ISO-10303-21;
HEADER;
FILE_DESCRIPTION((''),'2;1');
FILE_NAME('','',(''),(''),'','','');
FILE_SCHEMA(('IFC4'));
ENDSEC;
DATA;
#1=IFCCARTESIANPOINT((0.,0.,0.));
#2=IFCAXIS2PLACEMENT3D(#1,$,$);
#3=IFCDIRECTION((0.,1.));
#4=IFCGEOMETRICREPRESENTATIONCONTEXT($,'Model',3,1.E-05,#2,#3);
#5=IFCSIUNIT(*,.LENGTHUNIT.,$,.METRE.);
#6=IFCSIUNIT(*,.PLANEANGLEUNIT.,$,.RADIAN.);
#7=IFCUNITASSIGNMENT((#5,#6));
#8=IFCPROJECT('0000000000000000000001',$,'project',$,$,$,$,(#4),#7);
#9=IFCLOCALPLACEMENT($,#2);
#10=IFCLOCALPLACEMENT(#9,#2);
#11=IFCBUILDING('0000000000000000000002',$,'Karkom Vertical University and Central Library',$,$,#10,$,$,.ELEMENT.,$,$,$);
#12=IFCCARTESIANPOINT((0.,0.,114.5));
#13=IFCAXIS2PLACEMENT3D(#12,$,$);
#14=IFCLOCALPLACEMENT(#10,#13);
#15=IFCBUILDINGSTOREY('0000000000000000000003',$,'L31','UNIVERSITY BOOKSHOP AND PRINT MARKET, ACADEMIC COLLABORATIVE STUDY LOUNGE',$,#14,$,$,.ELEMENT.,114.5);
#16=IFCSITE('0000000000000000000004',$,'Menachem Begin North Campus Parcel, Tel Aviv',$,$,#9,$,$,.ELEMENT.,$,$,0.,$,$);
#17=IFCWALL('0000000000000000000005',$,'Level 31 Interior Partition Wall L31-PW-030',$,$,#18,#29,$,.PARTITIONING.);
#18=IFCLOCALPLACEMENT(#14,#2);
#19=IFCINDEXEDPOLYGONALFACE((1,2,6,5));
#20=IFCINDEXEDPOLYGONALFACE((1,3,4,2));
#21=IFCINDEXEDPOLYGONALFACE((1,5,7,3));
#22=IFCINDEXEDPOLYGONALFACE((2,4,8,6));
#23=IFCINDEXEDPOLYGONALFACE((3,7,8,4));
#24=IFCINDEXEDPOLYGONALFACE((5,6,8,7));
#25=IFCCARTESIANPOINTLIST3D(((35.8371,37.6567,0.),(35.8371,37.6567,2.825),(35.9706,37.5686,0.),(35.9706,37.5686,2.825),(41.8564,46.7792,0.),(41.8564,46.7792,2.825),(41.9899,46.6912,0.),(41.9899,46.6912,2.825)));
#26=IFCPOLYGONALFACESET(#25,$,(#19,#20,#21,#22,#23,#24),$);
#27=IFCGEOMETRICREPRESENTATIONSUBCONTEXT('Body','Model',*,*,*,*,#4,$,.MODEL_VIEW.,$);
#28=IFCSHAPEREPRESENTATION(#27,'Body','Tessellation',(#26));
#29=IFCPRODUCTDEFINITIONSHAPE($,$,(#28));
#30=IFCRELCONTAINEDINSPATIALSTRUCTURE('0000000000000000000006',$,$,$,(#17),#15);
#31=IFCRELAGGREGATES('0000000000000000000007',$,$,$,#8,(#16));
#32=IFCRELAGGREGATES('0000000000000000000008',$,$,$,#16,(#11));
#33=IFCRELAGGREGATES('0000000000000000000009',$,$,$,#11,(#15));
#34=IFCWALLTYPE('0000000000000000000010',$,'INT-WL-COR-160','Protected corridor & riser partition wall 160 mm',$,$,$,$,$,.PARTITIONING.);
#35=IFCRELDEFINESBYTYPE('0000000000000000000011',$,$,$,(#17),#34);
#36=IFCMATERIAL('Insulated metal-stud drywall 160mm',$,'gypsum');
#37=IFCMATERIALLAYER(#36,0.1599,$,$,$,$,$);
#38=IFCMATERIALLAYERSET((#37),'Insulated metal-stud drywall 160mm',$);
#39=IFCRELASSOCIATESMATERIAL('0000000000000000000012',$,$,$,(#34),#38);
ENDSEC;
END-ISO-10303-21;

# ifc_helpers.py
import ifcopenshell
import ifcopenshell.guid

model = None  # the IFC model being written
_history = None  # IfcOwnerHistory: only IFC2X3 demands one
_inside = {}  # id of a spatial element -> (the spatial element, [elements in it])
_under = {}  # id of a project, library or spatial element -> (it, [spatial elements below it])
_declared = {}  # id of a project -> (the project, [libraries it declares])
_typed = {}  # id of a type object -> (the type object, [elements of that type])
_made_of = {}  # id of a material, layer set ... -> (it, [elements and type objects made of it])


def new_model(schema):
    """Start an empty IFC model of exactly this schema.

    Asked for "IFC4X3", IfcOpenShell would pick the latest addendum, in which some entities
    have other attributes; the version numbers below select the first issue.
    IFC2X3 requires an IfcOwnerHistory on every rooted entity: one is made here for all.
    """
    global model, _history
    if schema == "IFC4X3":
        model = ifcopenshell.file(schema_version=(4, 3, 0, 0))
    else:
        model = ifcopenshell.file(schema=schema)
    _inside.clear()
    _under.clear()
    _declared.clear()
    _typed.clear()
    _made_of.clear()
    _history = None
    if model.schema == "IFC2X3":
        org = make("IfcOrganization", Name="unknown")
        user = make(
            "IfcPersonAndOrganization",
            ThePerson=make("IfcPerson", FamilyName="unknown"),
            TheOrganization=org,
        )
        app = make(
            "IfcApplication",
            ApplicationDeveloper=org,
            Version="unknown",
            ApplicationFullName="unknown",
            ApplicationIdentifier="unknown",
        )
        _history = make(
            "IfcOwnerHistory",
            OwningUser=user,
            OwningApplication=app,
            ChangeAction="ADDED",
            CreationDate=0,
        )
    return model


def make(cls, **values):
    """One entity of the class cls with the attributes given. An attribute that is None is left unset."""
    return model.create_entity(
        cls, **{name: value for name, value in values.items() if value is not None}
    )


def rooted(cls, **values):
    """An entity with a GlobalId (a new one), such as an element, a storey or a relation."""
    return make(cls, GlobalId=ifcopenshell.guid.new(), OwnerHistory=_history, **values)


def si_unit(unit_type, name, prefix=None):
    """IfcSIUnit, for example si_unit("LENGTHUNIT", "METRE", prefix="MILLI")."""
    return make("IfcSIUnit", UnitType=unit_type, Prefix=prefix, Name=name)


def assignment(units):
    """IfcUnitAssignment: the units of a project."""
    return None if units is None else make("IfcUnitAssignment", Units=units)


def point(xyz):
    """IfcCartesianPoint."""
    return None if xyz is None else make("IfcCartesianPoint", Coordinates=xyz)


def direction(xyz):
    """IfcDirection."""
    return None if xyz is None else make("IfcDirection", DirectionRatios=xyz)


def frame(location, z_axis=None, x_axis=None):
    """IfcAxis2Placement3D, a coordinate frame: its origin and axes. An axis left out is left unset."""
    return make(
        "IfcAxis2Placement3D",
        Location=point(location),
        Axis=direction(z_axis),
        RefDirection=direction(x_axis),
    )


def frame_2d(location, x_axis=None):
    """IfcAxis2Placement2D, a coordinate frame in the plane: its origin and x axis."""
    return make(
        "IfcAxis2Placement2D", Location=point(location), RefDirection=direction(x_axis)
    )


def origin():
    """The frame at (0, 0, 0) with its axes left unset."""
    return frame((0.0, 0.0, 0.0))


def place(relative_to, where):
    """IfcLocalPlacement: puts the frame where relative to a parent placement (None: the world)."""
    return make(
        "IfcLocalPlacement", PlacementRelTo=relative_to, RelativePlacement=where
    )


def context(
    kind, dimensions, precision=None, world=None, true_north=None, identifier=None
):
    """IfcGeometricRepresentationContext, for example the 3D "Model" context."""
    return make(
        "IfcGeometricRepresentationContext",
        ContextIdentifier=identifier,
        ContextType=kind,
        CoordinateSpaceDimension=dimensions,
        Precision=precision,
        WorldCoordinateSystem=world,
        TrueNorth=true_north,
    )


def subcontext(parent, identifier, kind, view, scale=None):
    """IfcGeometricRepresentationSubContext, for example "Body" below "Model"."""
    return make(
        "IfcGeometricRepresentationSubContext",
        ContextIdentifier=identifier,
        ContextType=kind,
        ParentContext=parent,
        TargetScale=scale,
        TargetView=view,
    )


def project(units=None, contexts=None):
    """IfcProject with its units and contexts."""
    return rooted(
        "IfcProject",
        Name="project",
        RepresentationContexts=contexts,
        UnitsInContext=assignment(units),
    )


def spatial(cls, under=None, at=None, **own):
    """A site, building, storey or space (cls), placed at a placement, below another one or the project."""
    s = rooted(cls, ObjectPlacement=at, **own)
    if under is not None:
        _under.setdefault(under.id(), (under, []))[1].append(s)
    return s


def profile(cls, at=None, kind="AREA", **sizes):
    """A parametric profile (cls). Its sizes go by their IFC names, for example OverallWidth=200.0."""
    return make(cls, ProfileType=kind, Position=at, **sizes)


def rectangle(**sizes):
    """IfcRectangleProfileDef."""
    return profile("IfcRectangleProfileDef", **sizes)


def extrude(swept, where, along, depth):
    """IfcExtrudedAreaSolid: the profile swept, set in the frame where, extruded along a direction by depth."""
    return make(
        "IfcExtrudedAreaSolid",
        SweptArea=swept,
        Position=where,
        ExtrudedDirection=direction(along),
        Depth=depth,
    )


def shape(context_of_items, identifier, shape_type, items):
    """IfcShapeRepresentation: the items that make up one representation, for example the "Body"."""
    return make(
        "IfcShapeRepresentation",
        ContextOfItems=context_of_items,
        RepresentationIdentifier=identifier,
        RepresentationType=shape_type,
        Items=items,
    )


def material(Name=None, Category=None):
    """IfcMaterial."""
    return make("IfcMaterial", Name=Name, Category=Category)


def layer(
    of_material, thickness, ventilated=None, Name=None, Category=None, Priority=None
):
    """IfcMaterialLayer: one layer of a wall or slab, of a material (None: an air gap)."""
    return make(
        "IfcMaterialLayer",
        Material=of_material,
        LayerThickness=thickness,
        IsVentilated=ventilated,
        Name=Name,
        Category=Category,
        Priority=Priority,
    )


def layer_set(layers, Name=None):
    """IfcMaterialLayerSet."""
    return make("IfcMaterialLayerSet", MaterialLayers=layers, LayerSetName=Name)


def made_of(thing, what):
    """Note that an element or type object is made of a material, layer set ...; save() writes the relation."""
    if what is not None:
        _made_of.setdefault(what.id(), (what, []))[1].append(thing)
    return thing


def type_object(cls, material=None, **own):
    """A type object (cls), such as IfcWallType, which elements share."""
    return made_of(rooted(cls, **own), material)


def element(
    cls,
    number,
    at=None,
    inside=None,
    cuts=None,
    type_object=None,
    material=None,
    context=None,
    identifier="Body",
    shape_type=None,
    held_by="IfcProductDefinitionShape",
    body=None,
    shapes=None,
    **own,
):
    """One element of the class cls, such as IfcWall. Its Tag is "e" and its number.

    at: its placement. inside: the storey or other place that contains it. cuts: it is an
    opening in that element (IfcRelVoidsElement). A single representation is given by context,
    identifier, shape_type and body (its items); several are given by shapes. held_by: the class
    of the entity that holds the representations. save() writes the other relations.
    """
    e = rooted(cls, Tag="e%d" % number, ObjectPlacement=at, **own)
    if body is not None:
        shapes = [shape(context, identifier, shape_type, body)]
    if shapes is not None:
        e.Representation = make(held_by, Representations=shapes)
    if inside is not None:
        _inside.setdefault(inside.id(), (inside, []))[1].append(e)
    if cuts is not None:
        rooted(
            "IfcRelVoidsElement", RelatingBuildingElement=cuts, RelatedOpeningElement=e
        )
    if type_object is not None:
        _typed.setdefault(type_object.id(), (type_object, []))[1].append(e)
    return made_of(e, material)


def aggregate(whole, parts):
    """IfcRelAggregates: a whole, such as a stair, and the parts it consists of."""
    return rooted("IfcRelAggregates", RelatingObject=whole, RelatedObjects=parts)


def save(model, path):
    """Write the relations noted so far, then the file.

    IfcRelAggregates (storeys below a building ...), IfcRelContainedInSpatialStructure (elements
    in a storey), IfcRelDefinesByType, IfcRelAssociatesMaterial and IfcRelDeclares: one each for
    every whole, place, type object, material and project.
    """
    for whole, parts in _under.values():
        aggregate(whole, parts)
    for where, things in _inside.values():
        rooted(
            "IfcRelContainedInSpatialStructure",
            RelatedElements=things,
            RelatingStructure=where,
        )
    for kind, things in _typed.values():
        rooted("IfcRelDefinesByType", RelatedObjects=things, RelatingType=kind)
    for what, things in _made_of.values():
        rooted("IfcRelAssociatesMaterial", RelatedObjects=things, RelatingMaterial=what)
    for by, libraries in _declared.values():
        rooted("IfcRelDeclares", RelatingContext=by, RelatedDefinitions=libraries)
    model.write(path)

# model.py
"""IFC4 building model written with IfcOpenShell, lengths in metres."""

from ifc_helpers import new_model, si_unit, direction, frame, frame_2d, origin, place, context, subcontext, project, spatial, rectangle, extrude, material, layer, layer_set, type_object, element, save


model = new_model("IFC4")

# Units and contexts
model_context = context("Model", 3, precision=1e-05, world=origin(), true_north=direction((0.0, 1.0)))
body_context = subcontext(model_context, "Body", "Model", "MODEL_VIEW")
ifc_project = project(units=[si_unit("LENGTHUNIT", "METRE"), si_unit("PLANEANGLEUNIT", "RADIAN")], contexts=[model_context])

# Site, building, storey
site_placement = place(None, origin())
site = spatial("IfcSite", under=ifc_project, at=site_placement, Name="Menachem Begin North Campus Parcel, Tel Aviv", CompositionType="ELEMENT", RefElevation=0.0)
building_placement = place(site_placement, origin())
building = spatial("IfcBuilding", under=site, at=building_placement, Name="Karkom Vertical University and Central Library", CompositionType="ELEMENT")
storey_placement = place(building_placement, frame((0.0, 0.0, 114.5)))
storey = spatial("IfcBuildingStorey", under=building, at=storey_placement, Name="L31", Description="UNIVERSITY BOOKSHOP AND PRINT MARKET, ACADEMIC COLLABORATIVE STUDY LOUNGE", CompositionType="ELEMENT", Elevation=114.5)

# Shared definitions
ifc_material_1 = material(Name="Insulated metal-stud drywall 160mm", Category="gypsum")
ifc_layer_1 = layer(ifc_material_1, 0.1599)
ifc_layer_set_1 = layer_set([ifc_layer_1], Name="Insulated metal-stud drywall 160mm")
wall_type_1 = type_object("IfcWallType", Name="INT-WL-COR-160", Description="Protected corridor & riser partition wall 160 mm", PredefinedType="PARTITIONING", material=ifc_layer_set_1)

# Wall
wall_1_placement = place(storey_placement, frame((35.9038, 37.6125, 0.0), z_axis=(0.0, 0.0, 1.0), x_axis=(0.55074, 0.834677, 0.0)))
element("IfcWall", 1, at=wall_1_placement, inside=storey, type_object=wall_type_1, Name="Level 31 Interior Partition Wall L31-PW-030", PredefinedType="PARTITIONING", context=body_context, shape_type="SweptSolid", body=[
    extrude(rectangle(XDim=10.9294, YDim=0.1599, at=frame_2d((5.4648, 0.0))), origin(), (0.0, 0.0, 1.0), 2.825),
])

save(model, "model.ifc")
